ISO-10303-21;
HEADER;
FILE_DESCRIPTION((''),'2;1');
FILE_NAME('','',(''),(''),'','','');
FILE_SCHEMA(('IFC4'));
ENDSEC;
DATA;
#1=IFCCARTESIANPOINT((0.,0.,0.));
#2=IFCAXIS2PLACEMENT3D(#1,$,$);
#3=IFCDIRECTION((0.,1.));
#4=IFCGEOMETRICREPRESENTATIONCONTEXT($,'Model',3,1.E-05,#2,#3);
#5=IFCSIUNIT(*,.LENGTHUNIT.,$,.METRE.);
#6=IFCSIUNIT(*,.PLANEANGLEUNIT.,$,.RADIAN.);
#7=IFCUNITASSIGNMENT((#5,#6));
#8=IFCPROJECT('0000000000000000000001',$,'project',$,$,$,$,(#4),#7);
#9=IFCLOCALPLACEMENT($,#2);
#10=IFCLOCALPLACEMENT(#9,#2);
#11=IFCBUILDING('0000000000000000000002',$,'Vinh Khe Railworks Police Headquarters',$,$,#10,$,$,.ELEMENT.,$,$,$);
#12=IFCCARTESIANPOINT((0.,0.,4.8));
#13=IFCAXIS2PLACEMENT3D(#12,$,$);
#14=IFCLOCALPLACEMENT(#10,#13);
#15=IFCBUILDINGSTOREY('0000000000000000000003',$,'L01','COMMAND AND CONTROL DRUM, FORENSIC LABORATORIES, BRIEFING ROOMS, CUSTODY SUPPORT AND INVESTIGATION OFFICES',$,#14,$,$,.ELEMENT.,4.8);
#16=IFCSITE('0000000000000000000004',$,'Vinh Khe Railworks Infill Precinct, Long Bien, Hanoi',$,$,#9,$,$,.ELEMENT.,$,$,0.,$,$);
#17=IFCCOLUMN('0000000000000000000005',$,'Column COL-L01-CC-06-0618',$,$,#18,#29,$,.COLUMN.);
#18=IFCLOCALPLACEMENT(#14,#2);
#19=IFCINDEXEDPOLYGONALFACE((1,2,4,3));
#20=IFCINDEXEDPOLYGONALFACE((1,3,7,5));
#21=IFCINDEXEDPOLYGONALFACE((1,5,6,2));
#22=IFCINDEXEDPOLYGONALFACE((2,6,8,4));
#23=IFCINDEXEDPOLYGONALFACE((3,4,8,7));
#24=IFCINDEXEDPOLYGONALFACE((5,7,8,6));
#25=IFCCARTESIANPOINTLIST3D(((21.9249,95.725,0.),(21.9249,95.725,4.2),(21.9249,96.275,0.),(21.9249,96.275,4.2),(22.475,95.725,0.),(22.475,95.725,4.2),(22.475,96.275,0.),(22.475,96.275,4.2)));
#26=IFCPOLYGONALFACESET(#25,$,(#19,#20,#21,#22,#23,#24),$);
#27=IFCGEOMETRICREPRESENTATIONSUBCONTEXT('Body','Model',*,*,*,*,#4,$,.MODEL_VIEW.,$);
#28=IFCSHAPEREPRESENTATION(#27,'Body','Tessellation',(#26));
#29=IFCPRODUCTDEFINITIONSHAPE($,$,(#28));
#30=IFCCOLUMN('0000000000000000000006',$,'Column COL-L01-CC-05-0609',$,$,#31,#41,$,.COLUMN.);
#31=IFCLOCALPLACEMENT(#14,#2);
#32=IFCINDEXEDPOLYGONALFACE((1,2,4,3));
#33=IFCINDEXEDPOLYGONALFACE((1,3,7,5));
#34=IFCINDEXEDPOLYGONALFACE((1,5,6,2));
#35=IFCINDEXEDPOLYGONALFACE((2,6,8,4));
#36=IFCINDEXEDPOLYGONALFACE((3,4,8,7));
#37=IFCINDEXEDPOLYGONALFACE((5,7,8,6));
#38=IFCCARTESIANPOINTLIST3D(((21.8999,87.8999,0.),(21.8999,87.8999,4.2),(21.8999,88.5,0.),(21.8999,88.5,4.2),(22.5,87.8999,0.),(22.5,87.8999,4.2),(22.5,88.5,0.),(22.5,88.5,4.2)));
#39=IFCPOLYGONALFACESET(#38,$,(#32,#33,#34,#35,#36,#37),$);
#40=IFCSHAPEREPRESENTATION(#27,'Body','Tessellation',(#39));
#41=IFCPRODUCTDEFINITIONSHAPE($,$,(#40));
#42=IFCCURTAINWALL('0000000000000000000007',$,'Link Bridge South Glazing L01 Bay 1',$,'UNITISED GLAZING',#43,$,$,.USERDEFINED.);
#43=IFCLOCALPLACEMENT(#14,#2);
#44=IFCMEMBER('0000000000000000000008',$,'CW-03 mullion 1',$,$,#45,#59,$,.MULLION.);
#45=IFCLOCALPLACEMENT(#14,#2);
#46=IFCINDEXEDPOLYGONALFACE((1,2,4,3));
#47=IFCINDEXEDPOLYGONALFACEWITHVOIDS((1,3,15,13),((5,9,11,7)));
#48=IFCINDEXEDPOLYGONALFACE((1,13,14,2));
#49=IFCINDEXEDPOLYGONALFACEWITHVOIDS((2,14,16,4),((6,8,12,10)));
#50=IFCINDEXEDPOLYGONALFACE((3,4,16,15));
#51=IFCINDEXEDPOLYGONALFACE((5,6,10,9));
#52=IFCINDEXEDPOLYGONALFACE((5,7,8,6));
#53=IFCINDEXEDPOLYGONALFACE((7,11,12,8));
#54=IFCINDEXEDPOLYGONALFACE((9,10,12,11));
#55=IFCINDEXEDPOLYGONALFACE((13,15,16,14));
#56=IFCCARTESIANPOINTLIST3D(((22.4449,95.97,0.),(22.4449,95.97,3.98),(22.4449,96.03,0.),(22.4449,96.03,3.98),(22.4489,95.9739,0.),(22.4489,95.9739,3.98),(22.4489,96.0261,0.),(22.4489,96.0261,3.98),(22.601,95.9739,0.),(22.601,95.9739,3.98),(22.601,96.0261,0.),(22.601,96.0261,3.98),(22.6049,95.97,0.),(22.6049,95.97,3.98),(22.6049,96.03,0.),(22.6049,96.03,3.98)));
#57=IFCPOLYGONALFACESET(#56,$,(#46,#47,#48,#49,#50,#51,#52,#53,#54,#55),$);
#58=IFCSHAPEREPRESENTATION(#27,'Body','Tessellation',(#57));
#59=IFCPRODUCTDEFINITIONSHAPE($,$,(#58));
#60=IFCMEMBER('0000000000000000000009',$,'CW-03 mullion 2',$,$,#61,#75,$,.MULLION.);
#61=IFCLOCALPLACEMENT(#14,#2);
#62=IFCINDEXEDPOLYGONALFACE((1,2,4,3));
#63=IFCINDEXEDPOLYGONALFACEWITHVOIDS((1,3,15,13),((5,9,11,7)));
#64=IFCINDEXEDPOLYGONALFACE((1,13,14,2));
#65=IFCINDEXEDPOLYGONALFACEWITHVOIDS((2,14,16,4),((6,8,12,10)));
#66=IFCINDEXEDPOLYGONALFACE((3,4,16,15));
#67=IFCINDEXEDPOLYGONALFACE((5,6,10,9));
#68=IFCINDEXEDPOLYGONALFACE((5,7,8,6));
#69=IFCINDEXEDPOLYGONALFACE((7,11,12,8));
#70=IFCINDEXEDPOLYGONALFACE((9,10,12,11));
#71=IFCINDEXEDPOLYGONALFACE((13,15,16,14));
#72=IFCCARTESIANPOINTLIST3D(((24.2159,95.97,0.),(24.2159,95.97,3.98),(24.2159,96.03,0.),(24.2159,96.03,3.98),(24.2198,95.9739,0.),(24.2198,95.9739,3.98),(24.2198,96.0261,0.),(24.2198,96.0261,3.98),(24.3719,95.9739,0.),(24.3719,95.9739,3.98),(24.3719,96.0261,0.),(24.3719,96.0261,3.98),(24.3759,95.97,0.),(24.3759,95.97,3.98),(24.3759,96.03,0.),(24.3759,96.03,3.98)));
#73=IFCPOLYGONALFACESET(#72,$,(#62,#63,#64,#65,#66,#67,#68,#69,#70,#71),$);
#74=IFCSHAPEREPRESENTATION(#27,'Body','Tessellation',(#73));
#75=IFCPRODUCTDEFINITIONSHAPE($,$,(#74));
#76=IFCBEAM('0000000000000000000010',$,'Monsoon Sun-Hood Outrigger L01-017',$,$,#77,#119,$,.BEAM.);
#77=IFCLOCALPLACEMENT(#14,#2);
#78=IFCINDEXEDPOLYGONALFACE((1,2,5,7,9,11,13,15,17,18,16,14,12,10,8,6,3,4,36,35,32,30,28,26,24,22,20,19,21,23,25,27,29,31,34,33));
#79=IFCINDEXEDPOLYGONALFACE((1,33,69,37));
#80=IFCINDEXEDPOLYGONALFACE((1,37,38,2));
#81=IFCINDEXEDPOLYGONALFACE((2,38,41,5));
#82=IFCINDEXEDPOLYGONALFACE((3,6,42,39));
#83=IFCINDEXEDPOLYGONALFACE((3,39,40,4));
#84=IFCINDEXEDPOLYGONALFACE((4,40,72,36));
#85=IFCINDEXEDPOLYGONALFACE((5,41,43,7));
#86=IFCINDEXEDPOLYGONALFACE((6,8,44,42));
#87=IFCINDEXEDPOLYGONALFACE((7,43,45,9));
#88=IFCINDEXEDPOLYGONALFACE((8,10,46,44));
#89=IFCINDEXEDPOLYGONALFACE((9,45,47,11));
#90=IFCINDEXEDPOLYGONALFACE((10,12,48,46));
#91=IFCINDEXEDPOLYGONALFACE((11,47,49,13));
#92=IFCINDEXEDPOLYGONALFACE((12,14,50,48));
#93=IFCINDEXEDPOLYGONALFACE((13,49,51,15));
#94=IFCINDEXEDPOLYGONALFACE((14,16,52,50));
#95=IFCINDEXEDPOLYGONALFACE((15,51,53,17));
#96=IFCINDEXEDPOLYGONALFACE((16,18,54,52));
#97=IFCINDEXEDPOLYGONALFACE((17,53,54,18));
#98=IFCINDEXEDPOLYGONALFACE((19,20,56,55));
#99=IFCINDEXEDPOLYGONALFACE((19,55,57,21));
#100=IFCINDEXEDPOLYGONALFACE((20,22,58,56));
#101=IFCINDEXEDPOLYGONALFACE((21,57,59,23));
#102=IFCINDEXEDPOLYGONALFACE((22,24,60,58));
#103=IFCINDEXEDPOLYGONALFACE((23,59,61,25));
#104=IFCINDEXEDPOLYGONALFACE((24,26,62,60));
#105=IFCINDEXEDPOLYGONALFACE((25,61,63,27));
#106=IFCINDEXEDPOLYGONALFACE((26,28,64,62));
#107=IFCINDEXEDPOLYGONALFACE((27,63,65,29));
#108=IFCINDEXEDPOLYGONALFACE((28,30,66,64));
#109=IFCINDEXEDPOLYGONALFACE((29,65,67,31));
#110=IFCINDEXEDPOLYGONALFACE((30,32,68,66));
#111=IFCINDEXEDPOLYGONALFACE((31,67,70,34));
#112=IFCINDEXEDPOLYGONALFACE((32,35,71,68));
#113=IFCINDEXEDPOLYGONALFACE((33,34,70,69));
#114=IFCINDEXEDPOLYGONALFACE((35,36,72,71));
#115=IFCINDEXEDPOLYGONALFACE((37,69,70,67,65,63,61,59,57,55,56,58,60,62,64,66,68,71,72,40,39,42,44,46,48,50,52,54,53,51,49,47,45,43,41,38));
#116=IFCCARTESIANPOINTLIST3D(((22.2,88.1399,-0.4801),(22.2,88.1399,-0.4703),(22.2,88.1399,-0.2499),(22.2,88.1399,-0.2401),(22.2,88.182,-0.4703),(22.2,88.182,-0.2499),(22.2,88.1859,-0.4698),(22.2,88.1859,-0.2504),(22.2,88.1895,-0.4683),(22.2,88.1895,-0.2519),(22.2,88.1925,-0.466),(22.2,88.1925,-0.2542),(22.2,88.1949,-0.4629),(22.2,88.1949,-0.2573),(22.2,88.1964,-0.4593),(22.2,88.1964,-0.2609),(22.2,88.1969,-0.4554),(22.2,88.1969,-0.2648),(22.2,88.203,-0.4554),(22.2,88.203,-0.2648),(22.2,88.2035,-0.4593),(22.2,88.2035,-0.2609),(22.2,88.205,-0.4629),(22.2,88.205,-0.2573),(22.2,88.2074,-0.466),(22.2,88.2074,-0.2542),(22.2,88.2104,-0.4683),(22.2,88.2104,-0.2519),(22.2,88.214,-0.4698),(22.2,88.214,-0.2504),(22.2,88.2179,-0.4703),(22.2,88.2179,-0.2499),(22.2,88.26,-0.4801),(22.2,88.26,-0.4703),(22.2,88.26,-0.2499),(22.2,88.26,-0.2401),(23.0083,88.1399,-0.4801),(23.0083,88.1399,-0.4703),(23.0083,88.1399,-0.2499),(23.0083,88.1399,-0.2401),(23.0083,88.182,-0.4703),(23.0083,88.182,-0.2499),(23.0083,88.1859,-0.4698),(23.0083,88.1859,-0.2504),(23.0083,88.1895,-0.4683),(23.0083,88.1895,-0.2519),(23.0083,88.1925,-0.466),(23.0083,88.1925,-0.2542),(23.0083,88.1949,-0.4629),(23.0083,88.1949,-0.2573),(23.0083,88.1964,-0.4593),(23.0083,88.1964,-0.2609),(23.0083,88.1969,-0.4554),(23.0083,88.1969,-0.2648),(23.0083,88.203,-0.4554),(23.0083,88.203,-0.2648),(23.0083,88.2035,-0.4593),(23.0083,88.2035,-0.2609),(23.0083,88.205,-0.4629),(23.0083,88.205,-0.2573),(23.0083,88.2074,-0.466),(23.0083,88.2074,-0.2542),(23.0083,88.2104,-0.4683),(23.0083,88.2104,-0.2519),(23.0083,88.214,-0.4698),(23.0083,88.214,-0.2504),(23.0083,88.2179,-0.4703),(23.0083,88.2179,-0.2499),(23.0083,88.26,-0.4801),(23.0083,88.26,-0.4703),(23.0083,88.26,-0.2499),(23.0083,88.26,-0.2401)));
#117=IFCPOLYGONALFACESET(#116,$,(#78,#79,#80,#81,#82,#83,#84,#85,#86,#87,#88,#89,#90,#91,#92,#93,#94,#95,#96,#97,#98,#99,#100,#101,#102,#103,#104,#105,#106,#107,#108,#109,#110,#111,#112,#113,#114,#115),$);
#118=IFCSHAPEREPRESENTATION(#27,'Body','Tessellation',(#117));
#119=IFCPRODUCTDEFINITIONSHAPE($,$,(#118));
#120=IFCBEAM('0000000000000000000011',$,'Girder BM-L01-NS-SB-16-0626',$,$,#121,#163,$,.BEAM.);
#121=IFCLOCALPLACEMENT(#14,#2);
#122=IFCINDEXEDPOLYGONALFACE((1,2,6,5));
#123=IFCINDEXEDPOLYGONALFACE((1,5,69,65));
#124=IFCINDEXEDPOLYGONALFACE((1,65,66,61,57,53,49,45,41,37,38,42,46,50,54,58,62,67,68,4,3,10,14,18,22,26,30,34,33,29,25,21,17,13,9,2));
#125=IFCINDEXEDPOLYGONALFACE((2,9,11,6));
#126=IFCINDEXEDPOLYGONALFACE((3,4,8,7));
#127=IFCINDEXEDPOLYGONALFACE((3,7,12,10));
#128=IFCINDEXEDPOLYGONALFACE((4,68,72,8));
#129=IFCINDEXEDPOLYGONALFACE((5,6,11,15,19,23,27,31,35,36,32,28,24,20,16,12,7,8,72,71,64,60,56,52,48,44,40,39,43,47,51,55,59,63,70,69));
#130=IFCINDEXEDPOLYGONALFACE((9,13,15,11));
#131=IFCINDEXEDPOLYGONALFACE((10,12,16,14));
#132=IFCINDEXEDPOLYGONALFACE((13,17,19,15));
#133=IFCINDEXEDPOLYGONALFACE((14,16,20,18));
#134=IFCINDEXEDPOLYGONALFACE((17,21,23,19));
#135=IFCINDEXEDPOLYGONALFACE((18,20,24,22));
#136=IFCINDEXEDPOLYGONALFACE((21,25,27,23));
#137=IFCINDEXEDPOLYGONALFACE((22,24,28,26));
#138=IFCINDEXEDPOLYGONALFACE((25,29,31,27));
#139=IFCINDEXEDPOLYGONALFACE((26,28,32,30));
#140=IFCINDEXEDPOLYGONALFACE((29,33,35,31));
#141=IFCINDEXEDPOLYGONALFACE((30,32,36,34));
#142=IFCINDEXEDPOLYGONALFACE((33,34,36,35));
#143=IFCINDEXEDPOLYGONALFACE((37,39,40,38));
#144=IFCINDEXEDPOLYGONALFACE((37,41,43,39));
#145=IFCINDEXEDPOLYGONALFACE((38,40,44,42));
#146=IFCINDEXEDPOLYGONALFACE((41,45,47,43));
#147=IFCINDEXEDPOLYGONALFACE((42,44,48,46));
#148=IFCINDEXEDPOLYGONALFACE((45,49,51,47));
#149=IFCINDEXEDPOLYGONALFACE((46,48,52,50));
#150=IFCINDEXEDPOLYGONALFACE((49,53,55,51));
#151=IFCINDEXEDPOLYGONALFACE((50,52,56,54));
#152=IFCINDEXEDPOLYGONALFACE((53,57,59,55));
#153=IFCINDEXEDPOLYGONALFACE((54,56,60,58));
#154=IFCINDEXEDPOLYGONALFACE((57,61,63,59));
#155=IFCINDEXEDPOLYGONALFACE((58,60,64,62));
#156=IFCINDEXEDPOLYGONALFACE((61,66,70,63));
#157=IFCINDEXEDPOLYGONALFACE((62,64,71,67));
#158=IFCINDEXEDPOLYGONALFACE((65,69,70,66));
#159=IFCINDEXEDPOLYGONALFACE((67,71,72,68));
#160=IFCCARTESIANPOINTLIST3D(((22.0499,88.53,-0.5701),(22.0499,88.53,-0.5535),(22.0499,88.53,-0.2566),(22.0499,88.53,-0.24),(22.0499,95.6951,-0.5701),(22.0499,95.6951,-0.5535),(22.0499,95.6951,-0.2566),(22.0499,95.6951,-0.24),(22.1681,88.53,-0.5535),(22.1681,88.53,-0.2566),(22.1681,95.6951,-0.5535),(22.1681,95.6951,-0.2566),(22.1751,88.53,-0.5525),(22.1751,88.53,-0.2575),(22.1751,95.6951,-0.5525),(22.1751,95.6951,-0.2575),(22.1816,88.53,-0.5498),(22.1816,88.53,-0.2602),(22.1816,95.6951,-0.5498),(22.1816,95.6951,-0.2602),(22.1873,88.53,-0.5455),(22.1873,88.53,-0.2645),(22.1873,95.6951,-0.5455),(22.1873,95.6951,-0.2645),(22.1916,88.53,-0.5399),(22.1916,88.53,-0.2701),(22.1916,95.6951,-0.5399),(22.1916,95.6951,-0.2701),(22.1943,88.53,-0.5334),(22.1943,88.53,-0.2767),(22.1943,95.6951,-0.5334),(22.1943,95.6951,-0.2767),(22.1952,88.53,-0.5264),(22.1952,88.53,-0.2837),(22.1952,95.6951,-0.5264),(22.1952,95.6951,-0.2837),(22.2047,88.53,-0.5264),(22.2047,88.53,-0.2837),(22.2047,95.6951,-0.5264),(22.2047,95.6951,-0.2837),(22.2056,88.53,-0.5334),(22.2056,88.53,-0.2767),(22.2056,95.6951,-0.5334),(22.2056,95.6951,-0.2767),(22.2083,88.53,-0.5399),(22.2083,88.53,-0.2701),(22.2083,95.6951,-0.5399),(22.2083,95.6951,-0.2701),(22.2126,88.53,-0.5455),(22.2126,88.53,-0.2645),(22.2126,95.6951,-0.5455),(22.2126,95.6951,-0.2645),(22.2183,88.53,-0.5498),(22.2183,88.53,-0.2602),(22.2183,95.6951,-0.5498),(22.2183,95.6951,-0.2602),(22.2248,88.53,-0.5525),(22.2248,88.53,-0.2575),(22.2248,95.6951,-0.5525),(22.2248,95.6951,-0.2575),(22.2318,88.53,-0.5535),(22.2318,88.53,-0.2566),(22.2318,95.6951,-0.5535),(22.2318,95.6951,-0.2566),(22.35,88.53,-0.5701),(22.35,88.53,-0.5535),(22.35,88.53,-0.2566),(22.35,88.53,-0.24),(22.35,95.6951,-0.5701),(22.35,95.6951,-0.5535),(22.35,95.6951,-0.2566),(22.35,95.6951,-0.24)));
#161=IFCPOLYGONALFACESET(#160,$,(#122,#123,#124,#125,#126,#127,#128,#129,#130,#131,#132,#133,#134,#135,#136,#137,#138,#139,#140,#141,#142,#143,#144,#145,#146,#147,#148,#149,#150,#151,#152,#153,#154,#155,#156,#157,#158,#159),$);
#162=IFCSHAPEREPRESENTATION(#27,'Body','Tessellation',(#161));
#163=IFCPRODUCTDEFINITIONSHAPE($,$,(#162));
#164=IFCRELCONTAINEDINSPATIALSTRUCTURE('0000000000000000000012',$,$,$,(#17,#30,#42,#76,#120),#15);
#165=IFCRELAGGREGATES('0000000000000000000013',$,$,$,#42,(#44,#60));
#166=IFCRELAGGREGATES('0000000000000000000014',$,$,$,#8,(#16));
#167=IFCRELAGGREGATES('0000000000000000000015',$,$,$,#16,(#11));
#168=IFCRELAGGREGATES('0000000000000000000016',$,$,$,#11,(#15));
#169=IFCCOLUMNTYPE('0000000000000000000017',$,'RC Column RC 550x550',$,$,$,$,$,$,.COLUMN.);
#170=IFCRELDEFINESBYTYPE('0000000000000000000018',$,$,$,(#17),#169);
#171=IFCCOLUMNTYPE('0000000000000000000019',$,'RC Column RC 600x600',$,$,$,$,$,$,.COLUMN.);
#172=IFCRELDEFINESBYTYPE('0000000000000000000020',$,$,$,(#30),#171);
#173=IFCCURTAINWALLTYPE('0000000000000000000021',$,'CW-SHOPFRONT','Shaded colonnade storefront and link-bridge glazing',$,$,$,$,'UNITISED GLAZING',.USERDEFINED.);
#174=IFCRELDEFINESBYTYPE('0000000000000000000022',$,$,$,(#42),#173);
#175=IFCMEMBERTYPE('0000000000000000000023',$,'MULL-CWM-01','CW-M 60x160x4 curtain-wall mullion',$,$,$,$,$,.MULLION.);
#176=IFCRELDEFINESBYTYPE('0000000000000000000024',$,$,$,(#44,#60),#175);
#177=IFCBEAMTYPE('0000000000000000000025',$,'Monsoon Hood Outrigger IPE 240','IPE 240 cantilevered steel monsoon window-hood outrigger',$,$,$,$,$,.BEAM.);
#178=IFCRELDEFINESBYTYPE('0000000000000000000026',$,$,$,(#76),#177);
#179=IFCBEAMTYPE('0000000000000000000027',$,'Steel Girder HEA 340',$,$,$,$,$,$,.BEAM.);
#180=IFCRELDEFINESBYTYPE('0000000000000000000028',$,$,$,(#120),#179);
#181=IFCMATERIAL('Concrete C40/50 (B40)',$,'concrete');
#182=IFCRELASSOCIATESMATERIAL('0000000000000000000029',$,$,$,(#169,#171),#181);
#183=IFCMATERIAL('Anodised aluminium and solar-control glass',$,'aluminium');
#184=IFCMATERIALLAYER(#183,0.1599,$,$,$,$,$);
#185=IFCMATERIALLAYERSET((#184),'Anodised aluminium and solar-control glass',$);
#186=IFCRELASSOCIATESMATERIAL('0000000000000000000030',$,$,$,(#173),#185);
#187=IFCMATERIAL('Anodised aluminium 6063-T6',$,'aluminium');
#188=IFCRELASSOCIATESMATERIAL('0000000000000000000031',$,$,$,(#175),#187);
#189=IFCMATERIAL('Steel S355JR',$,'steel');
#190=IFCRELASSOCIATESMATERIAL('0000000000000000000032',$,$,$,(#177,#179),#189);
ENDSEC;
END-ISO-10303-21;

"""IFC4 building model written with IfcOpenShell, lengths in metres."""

from ifc_helpers import new_model, si_unit, direction, frame, origin, origin_2d, place, context, subcontext, project, spatial, rectangle, hollow_rectangle, i_section, extrude, material, layer, layer_set, material_profile, profile_set, type_object, element, aggregate, save


model = new_model("IFC4")

# Units and contexts
model_context = context("Model", 3, precision=1e-05, world=origin(), true_north=direction((0.0, 1.0)))
body_context = subcontext(model_context, "Body", "Model", "MODEL_VIEW")
ifc_project = project(units=[si_unit("LENGTHUNIT", "METRE"), si_unit("PLANEANGLEUNIT", "RADIAN")], contexts=[model_context])

# Site, building, storey
site_placement = place(None, origin())
site = spatial("IfcSite", under=ifc_project, at=site_placement, Name="Vinh Khe Railworks Infill Precinct, Long Bien, Hanoi", CompositionType="ELEMENT", RefElevation=0.0)
building_placement = place(site_placement, origin())
building = spatial("IfcBuilding", under=site, at=building_placement, Name="Vinh Khe Railworks Police Headquarters", CompositionType="ELEMENT")
storey_placement = place(building_placement, frame((0.0, 0.0, 4.8)))
storey = spatial("IfcBuildingStorey", under=building, at=storey_placement, Name="L01", Description="COMMAND AND CONTROL DRUM, FORENSIC LABORATORIES, BRIEFING ROOMS, CUSTODY SUPPORT AND INVESTIGATION OFFICES", CompositionType="ELEMENT", Elevation=4.8)

# Columns
ifc_material_1 = material(Name="Concrete C40/50 (B40)", Category="concrete")
ifc_material_profile_1 = material_profile(ifc_material_1, rectangle(XDim=0.55, YDim=0.55, at=origin_2d()), Name="RC 550x550")
ifc_profile_set_1 = profile_set([ifc_material_profile_1], Name="Concrete C40/50 (B40)")
column_type_1 = type_object("IfcColumnType", Name="RC Column RC 550x550", PredefinedType="COLUMN", material=ifc_profile_set_1)
column_1_placement = place(storey_placement, frame((22.2, 96.0, 0.0), z_axis=(0.0, 0.0, 1.0), x_axis=(1.0, 0.0, 0.0)))
element("IfcColumn", 1, at=column_1_placement, inside=storey, type_object=column_type_1, Name="Column COL-L01-CC-06-0618", PredefinedType="COLUMN", context=body_context, shape_type="SweptSolid", body=[
    extrude(rectangle(XDim=0.55, YDim=0.55, at=origin_2d()), origin(), (0.0, 0.0, 1.0), 4.2),
])
ifc_material_profile_2 = material_profile(ifc_material_1, rectangle(XDim=0.6001, YDim=0.6001, at=origin_2d()), Name="RC 600x600")
ifc_profile_set_2 = profile_set([ifc_material_profile_2], Name="Concrete C40/50 (B40)")
column_type_2 = type_object("IfcColumnType", Name="RC Column RC 600x600", PredefinedType="COLUMN", material=ifc_profile_set_2)
column_2_placement = place(storey_placement, frame((22.2, 88.2, 0.0), z_axis=(0.0, 0.0, 1.0), x_axis=(1.0, 0.0, 0.0)))
element("IfcColumn", 2, at=column_2_placement, inside=storey, type_object=column_type_2, Name="Column COL-L01-CC-05-0609", PredefinedType="COLUMN", context=body_context, shape_type="SweptSolid", body=[
    extrude(rectangle(XDim=0.6001, YDim=0.6001, at=origin_2d()), origin(), (0.0, 0.0, 1.0), 4.2),
])

# Curtain wall, members
ifc_material_2 = material(Name="Anodised aluminium and solar-control glass", Category="aluminium")
ifc_layer_1 = layer(ifc_material_2, 0.1599)
ifc_layer_set_1 = layer_set([ifc_layer_1], Name="Anodised aluminium and solar-control glass")
curtain_wall_type = type_object("IfcCurtainWallType", Name="CW-SHOPFRONT", Description="Shaded colonnade storefront and link-bridge glazing", ElementType="UNITISED GLAZING", PredefinedType="USERDEFINED", material=ifc_layer_set_1)
curtain_wall_placement = place(storey_placement, origin())
curtain_wall = element("IfcCurtainWall", 3, at=curtain_wall_placement, inside=storey, type_object=curtain_wall_type, Name="Link Bridge South Glazing L01 Bay 1", ObjectType="UNITISED GLAZING", PredefinedType="USERDEFINED")
ifc_material_3 = material(Name="Anodised aluminium 6063-T6", Category="aluminium")
ifc_material_profile_3 = material_profile(ifc_material_3, hollow_rectangle(XDim=0.0601, YDim=0.1599, WallThickness=0.0039, at=origin_2d()), Name="CW-M 60x160x4")
ifc_profile_set_3 = profile_set([ifc_material_profile_3], Name="Anodised aluminium 6063-T6")
member_type_1 = type_object("IfcMemberType", Name="MULL-CWM-01", Description="CW-M 60x160x4 curtain-wall mullion", PredefinedType="MULLION", material=ifc_profile_set_3)
member_1_placement = place(storey_placement, frame((22.5249, 96.0, 0.0), z_axis=(0.0, 0.0, 1.0), x_axis=(0.0, 1.0, 0.0)))
member_1 = element("IfcMember", 4, at=member_1_placement, type_object=member_type_1, Name="CW-03 mullion 1", PredefinedType="MULLION", context=body_context, shape_type="SweptSolid", body=[
    extrude(hollow_rectangle(XDim=0.0601, YDim=0.1599, WallThickness=0.0039, at=origin_2d()), origin(), (0.0, 0.0, 1.0), 3.98),
])
member_2_placement = place(storey_placement, frame((24.2959, 96.0, 0.0), z_axis=(0.0, 0.0, 1.0), x_axis=(0.0, 1.0, 0.0)))
member_2 = element("IfcMember", 5, at=member_2_placement, type_object=member_type_1, Name="CW-03 mullion 2", PredefinedType="MULLION", context=body_context, shape_type="SweptSolid", body=[
    extrude(hollow_rectangle(XDim=0.0601, YDim=0.1599, WallThickness=0.0039, at=origin_2d()), origin(), (0.0, 0.0, 1.0), 3.98),
])

# Beams
ifc_material_4 = material(Name="Steel S355JR", Category="steel")
ifc_material_profile_4 = material_profile(ifc_material_4, i_section(OverallWidth=0.1201, OverallDepth=0.24, WebThickness=0.0061, FlangeThickness=0.0098, FilletRadius=0.0149, at=origin_2d()), Name="IPE 240")
ifc_profile_set_4 = profile_set([ifc_material_profile_4], Name="Steel S355JR")
beam_type_1 = type_object("IfcBeamType", Name="Monsoon Hood Outrigger IPE 240", Description="IPE 240 cantilevered steel monsoon window-hood outrigger", PredefinedType="BEAM", material=ifc_profile_set_4)
beam_1_placement = place(storey_placement, frame((22.2, 88.2, -0.3601), z_axis=(1.0, 0.0, 0.0), x_axis=(0.0, 1.0, 0.0)))
element("IfcBeam", 6, at=beam_1_placement, inside=storey, type_object=beam_type_1, Name="Monsoon Sun-Hood Outrigger L01-017", PredefinedType="BEAM", context=body_context, shape_type="SweptSolid", body=[
    extrude(i_section(OverallWidth=0.1201, OverallDepth=0.24, WebThickness=0.0061, FlangeThickness=0.0098, FilletRadius=0.0149, at=origin_2d()), origin(), (0.0, 0.0, 1.0), 0.8083),
])
ifc_material_profile_5 = material_profile(ifc_material_4, i_section(OverallWidth=0.3, OverallDepth=0.3301, WebThickness=0.0095, FlangeThickness=0.0166, FilletRadius=0.0271, at=origin_2d()), Name="HEA 340")
ifc_profile_set_5 = profile_set([ifc_material_profile_5], Name="Steel S355JR")
beam_type_2 = type_object("IfcBeamType", Name="Steel Girder HEA 340", PredefinedType="BEAM", material=ifc_profile_set_5)
beam_2_placement = place(storey_placement, frame((22.2, 88.53, -0.405), z_axis=(0.0, 1.0, 0.0), x_axis=(-1.0, 0.0, 0.0)))
element("IfcBeam", 7, at=beam_2_placement, inside=storey, type_object=beam_type_2, Name="Girder BM-L01-NS-SB-16-0626", PredefinedType="BEAM", context=body_context, shape_type="SweptSolid", body=[
    extrude(i_section(OverallWidth=0.3, OverallDepth=0.3301, WebThickness=0.0095, FlangeThickness=0.0166, FilletRadius=0.0271, at=origin_2d()), origin(), (0.0, 0.0, 1.0), 7.165),
])

aggregate(curtain_wall, [member_1, member_2])

save(model, "model.ifc")
